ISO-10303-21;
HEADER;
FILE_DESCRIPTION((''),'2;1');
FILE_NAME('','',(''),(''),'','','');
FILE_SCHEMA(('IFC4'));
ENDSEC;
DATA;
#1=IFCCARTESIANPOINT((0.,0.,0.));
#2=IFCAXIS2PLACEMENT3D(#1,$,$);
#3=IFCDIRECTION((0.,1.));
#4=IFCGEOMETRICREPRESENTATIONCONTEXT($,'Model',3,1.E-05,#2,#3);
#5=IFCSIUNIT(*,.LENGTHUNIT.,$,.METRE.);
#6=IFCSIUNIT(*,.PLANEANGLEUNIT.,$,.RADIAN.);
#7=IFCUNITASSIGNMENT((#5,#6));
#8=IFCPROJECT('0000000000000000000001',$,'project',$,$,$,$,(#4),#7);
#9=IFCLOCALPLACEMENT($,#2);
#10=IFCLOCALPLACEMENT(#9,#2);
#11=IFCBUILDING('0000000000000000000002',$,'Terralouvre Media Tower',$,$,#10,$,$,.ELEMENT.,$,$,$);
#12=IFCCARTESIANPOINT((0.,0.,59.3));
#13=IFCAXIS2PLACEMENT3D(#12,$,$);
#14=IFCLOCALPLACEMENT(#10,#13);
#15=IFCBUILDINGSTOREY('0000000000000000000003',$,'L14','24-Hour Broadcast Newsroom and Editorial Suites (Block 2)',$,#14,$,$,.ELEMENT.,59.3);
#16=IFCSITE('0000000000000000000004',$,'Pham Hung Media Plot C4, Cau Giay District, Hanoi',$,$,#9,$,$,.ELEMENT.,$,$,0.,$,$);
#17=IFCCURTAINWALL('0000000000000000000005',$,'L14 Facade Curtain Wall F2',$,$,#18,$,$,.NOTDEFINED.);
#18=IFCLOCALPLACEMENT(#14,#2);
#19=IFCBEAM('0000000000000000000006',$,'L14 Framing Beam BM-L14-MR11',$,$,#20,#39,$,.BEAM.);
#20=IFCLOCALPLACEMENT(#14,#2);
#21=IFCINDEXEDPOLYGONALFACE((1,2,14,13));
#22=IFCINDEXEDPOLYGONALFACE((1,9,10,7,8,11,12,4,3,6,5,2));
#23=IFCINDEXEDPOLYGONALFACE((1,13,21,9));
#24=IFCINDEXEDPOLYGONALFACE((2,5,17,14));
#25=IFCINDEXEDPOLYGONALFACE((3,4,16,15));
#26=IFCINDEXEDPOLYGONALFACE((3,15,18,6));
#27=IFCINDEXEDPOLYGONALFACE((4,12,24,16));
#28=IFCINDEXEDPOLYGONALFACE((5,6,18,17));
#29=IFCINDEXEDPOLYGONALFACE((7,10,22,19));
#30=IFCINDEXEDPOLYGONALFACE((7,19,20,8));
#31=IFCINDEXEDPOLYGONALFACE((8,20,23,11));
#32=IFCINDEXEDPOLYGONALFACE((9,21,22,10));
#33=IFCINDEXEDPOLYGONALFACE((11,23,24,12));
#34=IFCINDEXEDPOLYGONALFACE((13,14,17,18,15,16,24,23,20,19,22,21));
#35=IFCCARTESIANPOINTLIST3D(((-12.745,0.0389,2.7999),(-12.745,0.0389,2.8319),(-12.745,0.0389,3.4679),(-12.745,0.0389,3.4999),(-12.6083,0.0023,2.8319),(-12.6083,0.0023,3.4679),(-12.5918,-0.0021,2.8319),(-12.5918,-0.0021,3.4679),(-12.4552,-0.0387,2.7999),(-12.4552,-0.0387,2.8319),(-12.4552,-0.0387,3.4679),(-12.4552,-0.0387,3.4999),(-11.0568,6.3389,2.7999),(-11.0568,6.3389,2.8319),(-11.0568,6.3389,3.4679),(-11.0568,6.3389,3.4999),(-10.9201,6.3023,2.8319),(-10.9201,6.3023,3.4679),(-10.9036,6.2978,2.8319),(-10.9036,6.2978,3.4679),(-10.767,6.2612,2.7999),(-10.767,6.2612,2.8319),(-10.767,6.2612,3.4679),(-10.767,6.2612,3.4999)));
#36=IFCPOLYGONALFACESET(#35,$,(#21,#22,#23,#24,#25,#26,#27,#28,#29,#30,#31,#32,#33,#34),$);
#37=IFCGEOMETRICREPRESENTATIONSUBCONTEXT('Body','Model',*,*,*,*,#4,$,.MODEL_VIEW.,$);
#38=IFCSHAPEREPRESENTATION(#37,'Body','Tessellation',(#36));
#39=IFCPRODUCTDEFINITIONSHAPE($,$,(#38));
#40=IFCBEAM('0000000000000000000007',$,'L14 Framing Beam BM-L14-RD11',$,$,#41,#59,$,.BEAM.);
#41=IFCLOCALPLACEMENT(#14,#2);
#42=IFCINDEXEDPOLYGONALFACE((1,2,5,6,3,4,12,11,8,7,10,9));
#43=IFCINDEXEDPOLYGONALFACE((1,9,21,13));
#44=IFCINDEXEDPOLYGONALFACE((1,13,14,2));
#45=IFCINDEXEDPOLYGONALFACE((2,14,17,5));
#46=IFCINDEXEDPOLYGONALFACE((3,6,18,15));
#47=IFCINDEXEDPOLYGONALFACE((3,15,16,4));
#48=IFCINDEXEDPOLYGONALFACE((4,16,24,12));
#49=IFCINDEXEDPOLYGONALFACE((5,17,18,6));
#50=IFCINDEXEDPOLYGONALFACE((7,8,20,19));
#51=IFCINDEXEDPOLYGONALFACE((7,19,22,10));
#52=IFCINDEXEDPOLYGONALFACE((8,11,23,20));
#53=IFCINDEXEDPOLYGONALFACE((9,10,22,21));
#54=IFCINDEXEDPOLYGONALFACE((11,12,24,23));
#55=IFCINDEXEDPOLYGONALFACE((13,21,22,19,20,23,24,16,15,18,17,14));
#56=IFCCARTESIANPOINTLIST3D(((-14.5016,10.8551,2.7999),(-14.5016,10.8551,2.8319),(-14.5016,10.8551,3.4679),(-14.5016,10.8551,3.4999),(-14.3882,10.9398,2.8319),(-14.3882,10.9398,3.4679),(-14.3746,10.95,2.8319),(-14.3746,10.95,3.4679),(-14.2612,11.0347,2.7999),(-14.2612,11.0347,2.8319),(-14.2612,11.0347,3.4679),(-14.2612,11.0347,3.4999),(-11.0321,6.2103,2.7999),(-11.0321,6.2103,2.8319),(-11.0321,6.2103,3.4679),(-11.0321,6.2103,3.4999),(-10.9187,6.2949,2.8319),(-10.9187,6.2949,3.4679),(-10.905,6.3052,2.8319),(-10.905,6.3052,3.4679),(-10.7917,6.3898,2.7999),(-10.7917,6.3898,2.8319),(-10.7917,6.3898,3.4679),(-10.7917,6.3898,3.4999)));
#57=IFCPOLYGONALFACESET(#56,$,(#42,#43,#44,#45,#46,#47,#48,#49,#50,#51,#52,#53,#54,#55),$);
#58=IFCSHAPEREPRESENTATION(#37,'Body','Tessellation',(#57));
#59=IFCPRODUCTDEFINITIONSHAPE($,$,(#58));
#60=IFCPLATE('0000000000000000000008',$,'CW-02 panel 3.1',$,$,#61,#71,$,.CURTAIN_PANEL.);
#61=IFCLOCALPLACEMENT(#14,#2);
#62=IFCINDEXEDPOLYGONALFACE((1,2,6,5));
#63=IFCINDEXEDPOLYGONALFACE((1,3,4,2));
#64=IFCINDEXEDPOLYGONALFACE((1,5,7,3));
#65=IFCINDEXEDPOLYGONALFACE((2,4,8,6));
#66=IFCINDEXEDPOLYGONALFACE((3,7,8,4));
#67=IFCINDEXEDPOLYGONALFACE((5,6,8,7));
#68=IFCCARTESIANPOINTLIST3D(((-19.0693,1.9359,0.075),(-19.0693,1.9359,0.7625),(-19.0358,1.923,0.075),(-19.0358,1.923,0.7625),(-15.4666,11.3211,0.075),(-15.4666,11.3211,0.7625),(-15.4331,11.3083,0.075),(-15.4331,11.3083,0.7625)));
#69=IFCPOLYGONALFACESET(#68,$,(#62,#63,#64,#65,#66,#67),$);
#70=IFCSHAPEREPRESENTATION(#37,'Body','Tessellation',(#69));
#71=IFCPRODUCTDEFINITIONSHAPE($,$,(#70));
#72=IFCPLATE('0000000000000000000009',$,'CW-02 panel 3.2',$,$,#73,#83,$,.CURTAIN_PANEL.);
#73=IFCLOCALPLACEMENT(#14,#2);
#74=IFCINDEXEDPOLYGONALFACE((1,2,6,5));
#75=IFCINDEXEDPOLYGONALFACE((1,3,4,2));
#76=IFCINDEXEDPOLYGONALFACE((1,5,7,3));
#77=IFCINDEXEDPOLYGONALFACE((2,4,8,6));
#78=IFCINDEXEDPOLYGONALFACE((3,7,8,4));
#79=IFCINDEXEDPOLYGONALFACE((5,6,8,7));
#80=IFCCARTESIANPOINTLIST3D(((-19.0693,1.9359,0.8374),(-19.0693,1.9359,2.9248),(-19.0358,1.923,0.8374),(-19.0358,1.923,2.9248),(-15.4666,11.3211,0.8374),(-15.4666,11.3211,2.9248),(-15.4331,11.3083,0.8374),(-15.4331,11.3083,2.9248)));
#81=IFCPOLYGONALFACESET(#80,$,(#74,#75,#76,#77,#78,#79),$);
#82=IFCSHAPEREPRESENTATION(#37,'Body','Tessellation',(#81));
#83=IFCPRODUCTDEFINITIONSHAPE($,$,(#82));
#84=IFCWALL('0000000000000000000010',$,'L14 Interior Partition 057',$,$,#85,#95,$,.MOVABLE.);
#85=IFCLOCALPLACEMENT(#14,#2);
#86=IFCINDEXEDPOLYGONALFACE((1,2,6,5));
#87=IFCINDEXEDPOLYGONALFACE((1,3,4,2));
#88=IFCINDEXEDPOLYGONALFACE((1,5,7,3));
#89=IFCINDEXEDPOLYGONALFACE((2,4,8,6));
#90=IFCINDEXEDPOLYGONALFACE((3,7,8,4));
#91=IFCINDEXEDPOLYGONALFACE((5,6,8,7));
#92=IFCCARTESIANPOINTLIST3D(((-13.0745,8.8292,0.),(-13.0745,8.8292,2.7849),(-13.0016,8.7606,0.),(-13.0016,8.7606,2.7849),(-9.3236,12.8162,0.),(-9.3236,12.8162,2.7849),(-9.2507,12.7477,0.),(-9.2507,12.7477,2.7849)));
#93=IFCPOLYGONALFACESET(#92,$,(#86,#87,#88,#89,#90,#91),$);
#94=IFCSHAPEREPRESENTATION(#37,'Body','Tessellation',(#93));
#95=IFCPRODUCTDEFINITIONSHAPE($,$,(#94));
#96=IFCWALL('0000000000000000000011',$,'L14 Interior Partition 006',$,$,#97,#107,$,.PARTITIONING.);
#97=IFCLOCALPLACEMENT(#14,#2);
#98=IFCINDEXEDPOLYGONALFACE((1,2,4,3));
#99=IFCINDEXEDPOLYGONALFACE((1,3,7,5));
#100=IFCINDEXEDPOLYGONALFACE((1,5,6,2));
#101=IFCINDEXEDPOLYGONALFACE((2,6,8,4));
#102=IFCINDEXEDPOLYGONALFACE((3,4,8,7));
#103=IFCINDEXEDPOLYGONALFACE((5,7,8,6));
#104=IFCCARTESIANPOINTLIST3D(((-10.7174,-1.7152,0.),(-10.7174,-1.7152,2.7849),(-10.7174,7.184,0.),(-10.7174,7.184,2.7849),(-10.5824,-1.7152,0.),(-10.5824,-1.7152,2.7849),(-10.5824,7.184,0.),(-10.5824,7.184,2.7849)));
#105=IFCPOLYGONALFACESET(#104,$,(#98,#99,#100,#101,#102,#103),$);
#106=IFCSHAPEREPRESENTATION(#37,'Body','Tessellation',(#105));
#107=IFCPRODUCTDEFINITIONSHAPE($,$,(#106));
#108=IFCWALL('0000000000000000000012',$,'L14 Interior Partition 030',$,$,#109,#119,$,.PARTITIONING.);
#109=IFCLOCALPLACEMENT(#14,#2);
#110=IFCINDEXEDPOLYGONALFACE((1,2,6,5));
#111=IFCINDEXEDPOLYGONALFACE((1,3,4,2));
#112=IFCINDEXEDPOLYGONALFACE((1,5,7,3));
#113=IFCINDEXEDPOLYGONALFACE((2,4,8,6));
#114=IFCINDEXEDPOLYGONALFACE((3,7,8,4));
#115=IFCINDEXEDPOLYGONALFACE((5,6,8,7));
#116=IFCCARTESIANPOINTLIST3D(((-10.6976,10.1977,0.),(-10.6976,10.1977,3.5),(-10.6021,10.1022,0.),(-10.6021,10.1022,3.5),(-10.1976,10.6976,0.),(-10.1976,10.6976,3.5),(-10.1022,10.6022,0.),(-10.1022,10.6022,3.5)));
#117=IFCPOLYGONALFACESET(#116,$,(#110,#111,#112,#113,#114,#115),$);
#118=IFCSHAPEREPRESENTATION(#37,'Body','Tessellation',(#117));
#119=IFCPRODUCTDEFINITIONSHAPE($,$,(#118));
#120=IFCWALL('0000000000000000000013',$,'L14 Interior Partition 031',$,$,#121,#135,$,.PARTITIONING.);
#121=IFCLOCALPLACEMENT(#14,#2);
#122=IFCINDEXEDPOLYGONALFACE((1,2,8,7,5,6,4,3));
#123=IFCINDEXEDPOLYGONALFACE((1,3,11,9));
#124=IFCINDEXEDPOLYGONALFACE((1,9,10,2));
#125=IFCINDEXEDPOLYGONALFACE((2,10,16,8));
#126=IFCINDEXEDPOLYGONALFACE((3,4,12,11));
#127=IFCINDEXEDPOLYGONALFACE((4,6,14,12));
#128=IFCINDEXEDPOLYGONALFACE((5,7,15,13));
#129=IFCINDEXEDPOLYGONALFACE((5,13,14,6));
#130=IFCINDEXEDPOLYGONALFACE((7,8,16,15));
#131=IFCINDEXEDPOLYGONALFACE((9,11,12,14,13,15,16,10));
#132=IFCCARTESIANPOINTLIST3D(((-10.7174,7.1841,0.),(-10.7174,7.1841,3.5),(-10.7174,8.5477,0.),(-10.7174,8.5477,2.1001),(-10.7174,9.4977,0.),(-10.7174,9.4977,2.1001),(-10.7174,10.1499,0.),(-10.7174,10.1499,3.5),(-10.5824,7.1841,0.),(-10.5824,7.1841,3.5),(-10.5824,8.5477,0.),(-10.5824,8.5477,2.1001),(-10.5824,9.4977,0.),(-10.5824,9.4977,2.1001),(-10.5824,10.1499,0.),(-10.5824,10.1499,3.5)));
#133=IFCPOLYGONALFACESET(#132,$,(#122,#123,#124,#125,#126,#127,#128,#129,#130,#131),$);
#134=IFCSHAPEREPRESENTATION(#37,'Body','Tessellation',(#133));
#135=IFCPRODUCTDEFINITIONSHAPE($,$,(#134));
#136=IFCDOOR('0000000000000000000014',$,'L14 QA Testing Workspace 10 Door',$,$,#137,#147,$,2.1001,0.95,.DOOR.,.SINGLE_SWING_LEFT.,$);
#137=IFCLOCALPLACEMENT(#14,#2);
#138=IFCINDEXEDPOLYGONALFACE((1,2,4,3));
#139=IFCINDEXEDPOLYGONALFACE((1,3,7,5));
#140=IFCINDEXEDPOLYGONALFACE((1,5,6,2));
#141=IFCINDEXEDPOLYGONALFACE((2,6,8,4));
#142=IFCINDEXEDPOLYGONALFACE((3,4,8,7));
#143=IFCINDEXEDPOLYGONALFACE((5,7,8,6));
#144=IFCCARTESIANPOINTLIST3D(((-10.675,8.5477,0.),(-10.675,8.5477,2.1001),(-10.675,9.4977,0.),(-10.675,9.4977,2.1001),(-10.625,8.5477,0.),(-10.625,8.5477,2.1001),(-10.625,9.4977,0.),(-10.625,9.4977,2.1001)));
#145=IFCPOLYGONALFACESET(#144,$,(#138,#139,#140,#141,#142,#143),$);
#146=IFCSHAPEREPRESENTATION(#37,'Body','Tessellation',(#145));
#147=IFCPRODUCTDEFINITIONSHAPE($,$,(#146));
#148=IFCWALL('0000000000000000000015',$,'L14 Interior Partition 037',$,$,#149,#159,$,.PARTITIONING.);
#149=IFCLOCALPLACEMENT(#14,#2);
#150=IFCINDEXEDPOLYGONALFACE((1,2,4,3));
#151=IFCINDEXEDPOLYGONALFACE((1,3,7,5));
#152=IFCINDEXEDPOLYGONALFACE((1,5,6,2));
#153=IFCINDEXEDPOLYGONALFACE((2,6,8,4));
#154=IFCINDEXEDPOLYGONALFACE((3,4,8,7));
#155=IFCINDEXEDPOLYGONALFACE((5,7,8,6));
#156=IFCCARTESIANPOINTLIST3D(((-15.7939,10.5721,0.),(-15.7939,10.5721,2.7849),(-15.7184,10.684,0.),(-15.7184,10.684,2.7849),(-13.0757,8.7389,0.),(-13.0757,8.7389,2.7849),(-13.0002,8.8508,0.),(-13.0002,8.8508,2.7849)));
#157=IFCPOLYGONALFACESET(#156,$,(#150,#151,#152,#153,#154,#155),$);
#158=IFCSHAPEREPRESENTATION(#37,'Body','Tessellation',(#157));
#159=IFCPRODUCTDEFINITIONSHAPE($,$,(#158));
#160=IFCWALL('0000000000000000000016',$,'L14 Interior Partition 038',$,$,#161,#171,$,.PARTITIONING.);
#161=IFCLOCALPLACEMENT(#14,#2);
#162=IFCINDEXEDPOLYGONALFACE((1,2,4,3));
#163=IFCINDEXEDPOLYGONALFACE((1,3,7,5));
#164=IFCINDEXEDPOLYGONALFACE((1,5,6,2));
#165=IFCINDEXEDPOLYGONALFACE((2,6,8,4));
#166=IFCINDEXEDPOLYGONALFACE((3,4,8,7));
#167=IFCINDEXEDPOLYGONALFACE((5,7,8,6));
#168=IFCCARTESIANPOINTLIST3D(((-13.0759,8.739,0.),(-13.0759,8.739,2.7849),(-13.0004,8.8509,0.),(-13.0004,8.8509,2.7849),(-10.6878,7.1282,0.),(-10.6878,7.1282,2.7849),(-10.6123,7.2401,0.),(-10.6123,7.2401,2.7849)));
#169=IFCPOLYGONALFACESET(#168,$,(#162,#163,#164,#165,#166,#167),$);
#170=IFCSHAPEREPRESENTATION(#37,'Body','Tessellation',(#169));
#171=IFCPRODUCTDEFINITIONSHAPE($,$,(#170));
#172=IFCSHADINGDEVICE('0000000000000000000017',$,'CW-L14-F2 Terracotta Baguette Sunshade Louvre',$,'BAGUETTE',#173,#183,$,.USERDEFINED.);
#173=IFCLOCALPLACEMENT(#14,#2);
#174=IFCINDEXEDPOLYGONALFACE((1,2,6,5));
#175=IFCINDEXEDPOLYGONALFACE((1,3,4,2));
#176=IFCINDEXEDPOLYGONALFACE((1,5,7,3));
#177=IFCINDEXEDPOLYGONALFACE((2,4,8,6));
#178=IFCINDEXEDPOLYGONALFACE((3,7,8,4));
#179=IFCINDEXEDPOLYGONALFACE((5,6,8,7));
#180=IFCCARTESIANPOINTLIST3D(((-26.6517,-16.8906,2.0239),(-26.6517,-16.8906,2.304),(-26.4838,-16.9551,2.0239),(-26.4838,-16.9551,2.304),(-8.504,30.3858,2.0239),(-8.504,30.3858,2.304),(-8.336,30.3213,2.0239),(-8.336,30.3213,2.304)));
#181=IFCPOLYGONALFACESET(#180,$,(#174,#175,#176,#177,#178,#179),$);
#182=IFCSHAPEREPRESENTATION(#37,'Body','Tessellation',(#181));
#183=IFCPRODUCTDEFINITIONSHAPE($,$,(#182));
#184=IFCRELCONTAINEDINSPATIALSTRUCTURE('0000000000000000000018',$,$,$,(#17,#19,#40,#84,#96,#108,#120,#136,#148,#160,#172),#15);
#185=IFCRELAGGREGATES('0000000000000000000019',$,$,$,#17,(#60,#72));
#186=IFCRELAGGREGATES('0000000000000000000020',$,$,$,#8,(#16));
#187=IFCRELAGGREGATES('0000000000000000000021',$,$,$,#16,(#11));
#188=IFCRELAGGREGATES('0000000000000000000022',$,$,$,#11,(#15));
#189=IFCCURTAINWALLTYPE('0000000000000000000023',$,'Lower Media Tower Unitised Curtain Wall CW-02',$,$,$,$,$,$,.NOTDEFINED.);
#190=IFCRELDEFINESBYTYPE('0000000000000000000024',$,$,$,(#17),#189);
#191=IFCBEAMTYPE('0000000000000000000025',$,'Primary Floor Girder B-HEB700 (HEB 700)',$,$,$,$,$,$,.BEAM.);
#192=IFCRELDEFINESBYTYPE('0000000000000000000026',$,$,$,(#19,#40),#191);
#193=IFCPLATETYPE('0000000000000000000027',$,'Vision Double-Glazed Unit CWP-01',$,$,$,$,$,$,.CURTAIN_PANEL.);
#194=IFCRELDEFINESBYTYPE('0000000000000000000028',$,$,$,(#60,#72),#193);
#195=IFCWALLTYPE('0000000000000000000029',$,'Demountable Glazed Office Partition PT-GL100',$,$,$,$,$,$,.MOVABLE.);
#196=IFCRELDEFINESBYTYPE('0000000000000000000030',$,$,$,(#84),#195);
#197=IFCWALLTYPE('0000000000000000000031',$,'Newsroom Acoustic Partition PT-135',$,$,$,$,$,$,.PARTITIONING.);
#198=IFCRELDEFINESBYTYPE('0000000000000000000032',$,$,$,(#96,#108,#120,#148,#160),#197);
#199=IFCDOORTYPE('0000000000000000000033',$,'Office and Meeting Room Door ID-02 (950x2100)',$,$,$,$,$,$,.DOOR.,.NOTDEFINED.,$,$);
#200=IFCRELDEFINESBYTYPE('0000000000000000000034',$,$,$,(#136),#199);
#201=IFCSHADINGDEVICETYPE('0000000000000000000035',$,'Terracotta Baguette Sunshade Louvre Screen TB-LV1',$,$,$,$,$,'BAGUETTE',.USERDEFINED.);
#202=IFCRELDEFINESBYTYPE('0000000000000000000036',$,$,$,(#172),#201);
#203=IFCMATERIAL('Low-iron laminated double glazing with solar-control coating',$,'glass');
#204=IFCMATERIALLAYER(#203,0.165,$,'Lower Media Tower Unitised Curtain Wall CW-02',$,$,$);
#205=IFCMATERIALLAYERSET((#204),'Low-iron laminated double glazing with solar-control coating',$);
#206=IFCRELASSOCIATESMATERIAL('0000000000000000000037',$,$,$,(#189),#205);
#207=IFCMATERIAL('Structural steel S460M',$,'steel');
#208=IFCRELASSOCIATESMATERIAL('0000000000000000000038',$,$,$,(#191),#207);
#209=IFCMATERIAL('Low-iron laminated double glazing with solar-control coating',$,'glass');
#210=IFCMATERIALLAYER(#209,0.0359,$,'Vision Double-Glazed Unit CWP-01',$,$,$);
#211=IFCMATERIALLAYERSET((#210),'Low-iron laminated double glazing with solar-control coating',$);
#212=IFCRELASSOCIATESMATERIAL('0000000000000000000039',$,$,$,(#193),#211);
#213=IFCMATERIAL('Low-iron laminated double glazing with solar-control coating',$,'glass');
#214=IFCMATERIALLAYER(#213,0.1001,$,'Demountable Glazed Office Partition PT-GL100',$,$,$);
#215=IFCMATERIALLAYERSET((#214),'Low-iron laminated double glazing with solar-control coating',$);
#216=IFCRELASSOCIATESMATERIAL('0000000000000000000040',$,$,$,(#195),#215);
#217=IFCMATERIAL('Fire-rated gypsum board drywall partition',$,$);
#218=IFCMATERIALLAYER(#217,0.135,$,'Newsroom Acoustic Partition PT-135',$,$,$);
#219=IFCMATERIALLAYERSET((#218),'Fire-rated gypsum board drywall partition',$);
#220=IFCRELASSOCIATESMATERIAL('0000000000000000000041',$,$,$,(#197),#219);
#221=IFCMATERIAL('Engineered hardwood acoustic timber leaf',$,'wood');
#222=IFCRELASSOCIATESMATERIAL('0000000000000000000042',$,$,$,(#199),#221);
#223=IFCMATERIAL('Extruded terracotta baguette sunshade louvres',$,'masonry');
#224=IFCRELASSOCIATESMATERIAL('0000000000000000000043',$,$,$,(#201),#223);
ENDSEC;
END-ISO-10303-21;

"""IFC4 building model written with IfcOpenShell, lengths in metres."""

from ifc_helpers import new_model, si_unit, direction, frame, frame_2d, origin, origin_2d, place, context, subcontext, project, spatial, rectangle, i_section, extrude, material, layer, layer_set, material_profile, profile_set, type_object, element, fill, aggregate, save


model = new_model("IFC4")

# Units and contexts
model_context = context("Model", 3, precision=1e-05, world=origin(), true_north=direction((0.0, 1.0)))
body_context = subcontext(model_context, "Body", "Model", "MODEL_VIEW")
ifc_project = project(units=[si_unit("LENGTHUNIT", "METRE"), si_unit("PLANEANGLEUNIT", "RADIAN")], contexts=[model_context])

# Site, building, storey
site_placement = place(None, origin())
site = spatial("IfcSite", under=ifc_project, at=site_placement, Name="Pham Hung Media Plot C4, Cau Giay District, Hanoi", CompositionType="ELEMENT", RefElevation=0.0)
building_placement = place(site_placement, origin())
building = spatial("IfcBuilding", under=site, at=building_placement, Name="Terralouvre Media Tower", CompositionType="ELEMENT")
storey_placement = place(building_placement, frame((0.0, 0.0, 59.3)))
storey = spatial("IfcBuildingStorey", under=building, at=storey_placement, Name="L14", Description="24-Hour Broadcast Newsroom and Editorial Suites (Block 2)", CompositionType="ELEMENT", Elevation=59.3)

# Curtain wall
ifc_material_1 = material(Name="Low-iron laminated double glazing with solar-control coating", Category="glass")
ifc_layer_1 = layer(ifc_material_1, 0.165, Name="Lower Media Tower Unitised Curtain Wall CW-02")
ifc_layer_set_1 = layer_set([ifc_layer_1], Name="Low-iron laminated double glazing with solar-control coating")
curtain_wall_type = type_object("IfcCurtainWallType", Name="Lower Media Tower Unitised Curtain Wall CW-02", PredefinedType="NOTDEFINED", material=ifc_layer_set_1)
curtain_wall_placement = place(storey_placement, origin())
curtain_wall = element("IfcCurtainWall", 1, at=curtain_wall_placement, inside=storey, type_object=curtain_wall_type, Name="L14 Facade Curtain Wall F2", PredefinedType="NOTDEFINED")

# Beams
ifc_material_2 = material(Name="Structural steel S460M", Category="steel")
ifc_material_profile_1 = material_profile(ifc_material_2, i_section(OverallWidth=0.3, OverallDepth=0.7, WebThickness=0.0171, FlangeThickness=0.032, at=origin_2d()), Name="HEB 700")
ifc_profile_set_1 = profile_set([ifc_material_profile_1], Name="Structural steel S460M")
beam_type_1 = type_object("IfcBeamType", Name="Primary Floor Girder B-HEB700 (HEB 700)", PredefinedType="BEAM", material=ifc_profile_set_1)
beam_1_placement = place(storey_placement, frame((-10.9119, 6.3, 3.1499), z_axis=(-0.258839, -0.96592, 0.0), x_axis=(0.96592, -0.258839, 0.0)))
element("IfcBeam", 2, at=beam_1_placement, inside=storey, type_object=beam_type_1, Name="L14 Framing Beam BM-L14-MR11", PredefinedType="BEAM", context=body_context, shape_type="SweptSolid", body=[
    extrude(i_section(OverallWidth=0.3, OverallDepth=0.7, WebThickness=0.0171, FlangeThickness=0.032, at=origin_2d()), origin(), (0.0, 0.0, 1.0), 6.5222),
])
beam_2_placement = place(storey_placement, frame((-10.9119, 6.3, 3.1499), z_axis=(-0.598442, 0.801166, 0.0), x_axis=(-0.801166, -0.598442, 0.0)))
element("IfcBeam", 3, at=beam_2_placement, inside=storey, type_object=beam_type_1, Name="L14 Framing Beam BM-L14-RD11", PredefinedType="BEAM", context=body_context, shape_type="SweptSolid", body=[
    extrude(i_section(OverallWidth=0.3, OverallDepth=0.7, WebThickness=0.0171, FlangeThickness=0.032, at=origin_2d()), origin(), (0.0, 0.0, 1.0), 5.7976),
])

# Plates
ifc_material_3 = material(Name="Low-iron laminated double glazing with solar-control coating", Category="glass")
ifc_layer_2 = layer(ifc_material_3, 0.0359, Name="Vision Double-Glazed Unit CWP-01")
ifc_layer_set_2 = layer_set([ifc_layer_2], Name="Low-iron laminated double glazing with solar-control coating")
plate_type = type_object("IfcPlateType", Name="Vision Double-Glazed Unit CWP-01", PredefinedType="CURTAIN_PANEL", material=ifc_layer_set_2)
plate_1_placement = place(storey_placement, frame((-17.2512, 6.6221, 0.075), z_axis=(0.0, 0.0, 1.0), x_axis=(-0.358368, -0.93358, 0.0)))
plate_1 = element("IfcPlate", 4, at=plate_1_placement, type_object=plate_type, Name="CW-02 panel 3.1", PredefinedType="CURTAIN_PANEL", context=body_context, shape_type="SweptSolid", body=[
    extrude(rectangle(XDim=10.053, YDim=0.0359, at=origin_2d()), origin(), (0.0, 0.0, 1.0), 0.6875),
])
plate_2_placement = place(storey_placement, frame((-17.2512, 6.6221, 0.8374), z_axis=(0.0, 0.0, 1.0), x_axis=(-0.358368, -0.93358, 0.0)))
plate_2 = element("IfcPlate", 5, at=plate_2_placement, type_object=plate_type, Name="CW-02 panel 3.2", PredefinedType="CURTAIN_PANEL", context=body_context, shape_type="SweptSolid", body=[
    extrude(rectangle(XDim=10.053, YDim=0.0359, at=origin_2d()), origin(), (0.0, 0.0, 1.0), 2.0874),
])
aggregate(curtain_wall, [plate_1, plate_2])

# Walls
ifc_material_4 = material(Name="Low-iron laminated double glazing with solar-control coating", Category="glass")
ifc_layer_3 = layer(ifc_material_4, 0.1001, Name="Demountable Glazed Office Partition PT-GL100")
ifc_layer_set_3 = layer_set([ifc_layer_3], Name="Low-iron laminated double glazing with solar-control coating")
wall_type_1 = type_object("IfcWallType", Name="Demountable Glazed Office Partition PT-GL100", PredefinedType="MOVABLE", material=ifc_layer_set_3)
wall_1_placement = place(storey_placement, frame((-13.0381, 8.7949, 0.0), z_axis=(0.0, 0.0, 1.0), x_axis=(0.685214, 0.728341, 0.0)))
element("IfcWall", 6, at=wall_1_placement, inside=storey, type_object=wall_type_1, Name="L14 Interior Partition 057", PredefinedType="MOVABLE", context=body_context, shape_type="SweptSolid", body=[
    extrude(rectangle(XDim=5.4741, YDim=0.1001, at=frame_2d((2.7371, 0.0))), origin(), (0.0, 0.0, 1.0), 2.7849),
])
ifc_material_5 = material(Name="Fire-rated gypsum board drywall partition")
ifc_layer_4 = layer(ifc_material_5, 0.135, Name="Newsroom Acoustic Partition PT-135")
ifc_layer_set_4 = layer_set([ifc_layer_4], Name="Fire-rated gypsum board drywall partition")
wall_type_2 = type_object("IfcWallType", Name="Newsroom Acoustic Partition PT-135", PredefinedType="PARTITIONING", material=ifc_layer_set_4)
wall_2_placement = place(storey_placement, frame((-10.6499, 7.1841, 0.0), z_axis=(0.0, 0.0, 1.0), x_axis=(0.0, -1.0, 0.0)))
element("IfcWall", 7, at=wall_2_placement, inside=storey, type_object=wall_type_2, Name="L14 Interior Partition 006", PredefinedType="PARTITIONING", context=body_context, shape_type="SweptSolid", body=[
    extrude(rectangle(XDim=8.8992, YDim=0.135, at=frame_2d((4.4497, 0.0))), origin(), (0.0, 0.0, 1.0), 2.7849),
])
wall_3_placement = place(storey_placement, frame((-10.1499, 10.6499, 0.0), z_axis=(0.0, 0.0, 1.0), x_axis=(-0.707107, -0.707107, 0.0)))
element("IfcWall", 8, at=wall_3_placement, inside=storey, type_object=wall_type_2, Name="L14 Interior Partition 030", PredefinedType="PARTITIONING", context=body_context, shape_type="SweptSolid", body=[
    extrude(rectangle(XDim=0.707, YDim=0.135, at=frame_2d((0.3535, 0.0))), origin(), (0.0, 0.0, 1.0), 3.5),
])

# Wall, opening, door
wall_4_placement = place(storey_placement, frame((-10.6499, 10.1499, 0.0), z_axis=(0.0, 0.0, 1.0), x_axis=(0.0, -1.0, 0.0)))
wall_4 = element("IfcWall", 9, at=wall_4_placement, inside=storey, type_object=wall_type_2, Name="L14 Interior Partition 031", PredefinedType="PARTITIONING", context=body_context, shape_type="SweptSolid", body=[
    extrude(rectangle(XDim=2.9658, YDim=0.135, at=frame_2d((1.4829, 0.0))), origin(), (0.0, 0.0, 1.0), 3.5),
])
opening_placement = place(wall_4_placement, frame((0.6521, 0.0, 0.0)))
opening = element("IfcOpeningElement", 10, at=opening_placement, cuts=wall_4, PredefinedType="OPENING", context=body_context, shape_type="SweptSolid", body=[
    extrude(rectangle(XDim=0.95, YDim=2.1001, at=frame_2d((0.4751, 1.05))), frame((0.0, 0.0774, 0.0), z_axis=(0.0, -1.0, 0.0), x_axis=(1.0, 0.0, 0.0)), (0.0, 0.0, 1.0), 0.155),
])
ifc_material_6 = material(Name="Engineered hardwood acoustic timber leaf", Category="wood")
door_type = type_object("IfcDoorType", Name="Office and Meeting Room Door ID-02 (950x2100)", OperationType="NOTDEFINED", PredefinedType="DOOR", material=ifc_material_6)
door_placement = place(opening_placement, origin())
door = element("IfcDoor", 11, at=door_placement, inside=storey, type_object=door_type, Name="L14 QA Testing Workspace 10 Door", OperationType="SINGLE_SWING_LEFT", OverallHeight=2.1001, OverallWidth=0.95, PredefinedType="DOOR", context=body_context, shape_type="SweptSolid", body=[
    extrude(rectangle(XDim=0.95, YDim=2.1001, at=frame_2d((0.4751, 1.05))), frame((0.0, 0.0249, 0.0), z_axis=(0.0, -1.0, 0.0), x_axis=(1.0, 0.0, 0.0)), (0.0, 0.0, 1.0), 0.05),
])
fill(opening, door)

# Walls
wall_5_placement = place(storey_placement, frame((-13.0381, 8.7949, 0.0), z_axis=(0.0, 0.0, 1.0), x_axis=(-0.829071, 0.559143, 0.0)))
element("IfcWall", 12, at=wall_5_placement, inside=storey, type_object=wall_type_2, Name="L14 Interior Partition 037", PredefinedType="PARTITIONING", context=body_context, shape_type="SweptSolid", body=[
    extrude(rectangle(XDim=3.2786, YDim=0.135, at=frame_2d((1.6392, 0.0))), origin(), (0.0, 0.0, 1.0), 2.7849),
])
wall_6_placement = place(storey_placement, frame((-10.6499, 7.1841, 0.0), z_axis=(0.0, 0.0, 1.0), x_axis=(-0.829039, 0.55919, 0.0)))
element("IfcWall", 13, at=wall_6_placement, inside=storey, type_object=wall_type_2, Name="L14 Interior Partition 038", PredefinedType="PARTITIONING", context=body_context, shape_type="SweptSolid", body=[
    extrude(rectangle(XDim=2.8806, YDim=0.135, at=frame_2d((1.4404, 0.0))), origin(), (0.0, 0.0, 1.0), 2.7849),
])

# Shading device
ifc_material_7 = material(Name="Extruded terracotta baguette sunshade louvres", Category="masonry")
shading_device_type = type_object("IfcShadingDeviceType", Name="Terracotta Baguette Sunshade Louvre Screen TB-LV1", ElementType="BAGUETTE", PredefinedType="USERDEFINED", material=ifc_material_7)
shading_device_placement = place(storey_placement, frame((-17.4939, 6.7153, 2.0239), z_axis=(0.0, 0.0, 1.0), x_axis=(-0.358368, -0.93358, 0.0)))
element("IfcShadingDevice", 14, at=shading_device_placement, inside=storey, type_object=shading_device_type, Name="CW-L14-F2 Terracotta Baguette Sunshade Louvre", ObjectType="BAGUETTE", PredefinedType="USERDEFINED", context=body_context, shape_type="SweptSolid", body=[
    extrude(rectangle(XDim=50.6399, YDim=0.1799, at=origin_2d()), origin(), (0.0, 0.0, 1.0), 0.28),
])

save(model, "model.ifc")
